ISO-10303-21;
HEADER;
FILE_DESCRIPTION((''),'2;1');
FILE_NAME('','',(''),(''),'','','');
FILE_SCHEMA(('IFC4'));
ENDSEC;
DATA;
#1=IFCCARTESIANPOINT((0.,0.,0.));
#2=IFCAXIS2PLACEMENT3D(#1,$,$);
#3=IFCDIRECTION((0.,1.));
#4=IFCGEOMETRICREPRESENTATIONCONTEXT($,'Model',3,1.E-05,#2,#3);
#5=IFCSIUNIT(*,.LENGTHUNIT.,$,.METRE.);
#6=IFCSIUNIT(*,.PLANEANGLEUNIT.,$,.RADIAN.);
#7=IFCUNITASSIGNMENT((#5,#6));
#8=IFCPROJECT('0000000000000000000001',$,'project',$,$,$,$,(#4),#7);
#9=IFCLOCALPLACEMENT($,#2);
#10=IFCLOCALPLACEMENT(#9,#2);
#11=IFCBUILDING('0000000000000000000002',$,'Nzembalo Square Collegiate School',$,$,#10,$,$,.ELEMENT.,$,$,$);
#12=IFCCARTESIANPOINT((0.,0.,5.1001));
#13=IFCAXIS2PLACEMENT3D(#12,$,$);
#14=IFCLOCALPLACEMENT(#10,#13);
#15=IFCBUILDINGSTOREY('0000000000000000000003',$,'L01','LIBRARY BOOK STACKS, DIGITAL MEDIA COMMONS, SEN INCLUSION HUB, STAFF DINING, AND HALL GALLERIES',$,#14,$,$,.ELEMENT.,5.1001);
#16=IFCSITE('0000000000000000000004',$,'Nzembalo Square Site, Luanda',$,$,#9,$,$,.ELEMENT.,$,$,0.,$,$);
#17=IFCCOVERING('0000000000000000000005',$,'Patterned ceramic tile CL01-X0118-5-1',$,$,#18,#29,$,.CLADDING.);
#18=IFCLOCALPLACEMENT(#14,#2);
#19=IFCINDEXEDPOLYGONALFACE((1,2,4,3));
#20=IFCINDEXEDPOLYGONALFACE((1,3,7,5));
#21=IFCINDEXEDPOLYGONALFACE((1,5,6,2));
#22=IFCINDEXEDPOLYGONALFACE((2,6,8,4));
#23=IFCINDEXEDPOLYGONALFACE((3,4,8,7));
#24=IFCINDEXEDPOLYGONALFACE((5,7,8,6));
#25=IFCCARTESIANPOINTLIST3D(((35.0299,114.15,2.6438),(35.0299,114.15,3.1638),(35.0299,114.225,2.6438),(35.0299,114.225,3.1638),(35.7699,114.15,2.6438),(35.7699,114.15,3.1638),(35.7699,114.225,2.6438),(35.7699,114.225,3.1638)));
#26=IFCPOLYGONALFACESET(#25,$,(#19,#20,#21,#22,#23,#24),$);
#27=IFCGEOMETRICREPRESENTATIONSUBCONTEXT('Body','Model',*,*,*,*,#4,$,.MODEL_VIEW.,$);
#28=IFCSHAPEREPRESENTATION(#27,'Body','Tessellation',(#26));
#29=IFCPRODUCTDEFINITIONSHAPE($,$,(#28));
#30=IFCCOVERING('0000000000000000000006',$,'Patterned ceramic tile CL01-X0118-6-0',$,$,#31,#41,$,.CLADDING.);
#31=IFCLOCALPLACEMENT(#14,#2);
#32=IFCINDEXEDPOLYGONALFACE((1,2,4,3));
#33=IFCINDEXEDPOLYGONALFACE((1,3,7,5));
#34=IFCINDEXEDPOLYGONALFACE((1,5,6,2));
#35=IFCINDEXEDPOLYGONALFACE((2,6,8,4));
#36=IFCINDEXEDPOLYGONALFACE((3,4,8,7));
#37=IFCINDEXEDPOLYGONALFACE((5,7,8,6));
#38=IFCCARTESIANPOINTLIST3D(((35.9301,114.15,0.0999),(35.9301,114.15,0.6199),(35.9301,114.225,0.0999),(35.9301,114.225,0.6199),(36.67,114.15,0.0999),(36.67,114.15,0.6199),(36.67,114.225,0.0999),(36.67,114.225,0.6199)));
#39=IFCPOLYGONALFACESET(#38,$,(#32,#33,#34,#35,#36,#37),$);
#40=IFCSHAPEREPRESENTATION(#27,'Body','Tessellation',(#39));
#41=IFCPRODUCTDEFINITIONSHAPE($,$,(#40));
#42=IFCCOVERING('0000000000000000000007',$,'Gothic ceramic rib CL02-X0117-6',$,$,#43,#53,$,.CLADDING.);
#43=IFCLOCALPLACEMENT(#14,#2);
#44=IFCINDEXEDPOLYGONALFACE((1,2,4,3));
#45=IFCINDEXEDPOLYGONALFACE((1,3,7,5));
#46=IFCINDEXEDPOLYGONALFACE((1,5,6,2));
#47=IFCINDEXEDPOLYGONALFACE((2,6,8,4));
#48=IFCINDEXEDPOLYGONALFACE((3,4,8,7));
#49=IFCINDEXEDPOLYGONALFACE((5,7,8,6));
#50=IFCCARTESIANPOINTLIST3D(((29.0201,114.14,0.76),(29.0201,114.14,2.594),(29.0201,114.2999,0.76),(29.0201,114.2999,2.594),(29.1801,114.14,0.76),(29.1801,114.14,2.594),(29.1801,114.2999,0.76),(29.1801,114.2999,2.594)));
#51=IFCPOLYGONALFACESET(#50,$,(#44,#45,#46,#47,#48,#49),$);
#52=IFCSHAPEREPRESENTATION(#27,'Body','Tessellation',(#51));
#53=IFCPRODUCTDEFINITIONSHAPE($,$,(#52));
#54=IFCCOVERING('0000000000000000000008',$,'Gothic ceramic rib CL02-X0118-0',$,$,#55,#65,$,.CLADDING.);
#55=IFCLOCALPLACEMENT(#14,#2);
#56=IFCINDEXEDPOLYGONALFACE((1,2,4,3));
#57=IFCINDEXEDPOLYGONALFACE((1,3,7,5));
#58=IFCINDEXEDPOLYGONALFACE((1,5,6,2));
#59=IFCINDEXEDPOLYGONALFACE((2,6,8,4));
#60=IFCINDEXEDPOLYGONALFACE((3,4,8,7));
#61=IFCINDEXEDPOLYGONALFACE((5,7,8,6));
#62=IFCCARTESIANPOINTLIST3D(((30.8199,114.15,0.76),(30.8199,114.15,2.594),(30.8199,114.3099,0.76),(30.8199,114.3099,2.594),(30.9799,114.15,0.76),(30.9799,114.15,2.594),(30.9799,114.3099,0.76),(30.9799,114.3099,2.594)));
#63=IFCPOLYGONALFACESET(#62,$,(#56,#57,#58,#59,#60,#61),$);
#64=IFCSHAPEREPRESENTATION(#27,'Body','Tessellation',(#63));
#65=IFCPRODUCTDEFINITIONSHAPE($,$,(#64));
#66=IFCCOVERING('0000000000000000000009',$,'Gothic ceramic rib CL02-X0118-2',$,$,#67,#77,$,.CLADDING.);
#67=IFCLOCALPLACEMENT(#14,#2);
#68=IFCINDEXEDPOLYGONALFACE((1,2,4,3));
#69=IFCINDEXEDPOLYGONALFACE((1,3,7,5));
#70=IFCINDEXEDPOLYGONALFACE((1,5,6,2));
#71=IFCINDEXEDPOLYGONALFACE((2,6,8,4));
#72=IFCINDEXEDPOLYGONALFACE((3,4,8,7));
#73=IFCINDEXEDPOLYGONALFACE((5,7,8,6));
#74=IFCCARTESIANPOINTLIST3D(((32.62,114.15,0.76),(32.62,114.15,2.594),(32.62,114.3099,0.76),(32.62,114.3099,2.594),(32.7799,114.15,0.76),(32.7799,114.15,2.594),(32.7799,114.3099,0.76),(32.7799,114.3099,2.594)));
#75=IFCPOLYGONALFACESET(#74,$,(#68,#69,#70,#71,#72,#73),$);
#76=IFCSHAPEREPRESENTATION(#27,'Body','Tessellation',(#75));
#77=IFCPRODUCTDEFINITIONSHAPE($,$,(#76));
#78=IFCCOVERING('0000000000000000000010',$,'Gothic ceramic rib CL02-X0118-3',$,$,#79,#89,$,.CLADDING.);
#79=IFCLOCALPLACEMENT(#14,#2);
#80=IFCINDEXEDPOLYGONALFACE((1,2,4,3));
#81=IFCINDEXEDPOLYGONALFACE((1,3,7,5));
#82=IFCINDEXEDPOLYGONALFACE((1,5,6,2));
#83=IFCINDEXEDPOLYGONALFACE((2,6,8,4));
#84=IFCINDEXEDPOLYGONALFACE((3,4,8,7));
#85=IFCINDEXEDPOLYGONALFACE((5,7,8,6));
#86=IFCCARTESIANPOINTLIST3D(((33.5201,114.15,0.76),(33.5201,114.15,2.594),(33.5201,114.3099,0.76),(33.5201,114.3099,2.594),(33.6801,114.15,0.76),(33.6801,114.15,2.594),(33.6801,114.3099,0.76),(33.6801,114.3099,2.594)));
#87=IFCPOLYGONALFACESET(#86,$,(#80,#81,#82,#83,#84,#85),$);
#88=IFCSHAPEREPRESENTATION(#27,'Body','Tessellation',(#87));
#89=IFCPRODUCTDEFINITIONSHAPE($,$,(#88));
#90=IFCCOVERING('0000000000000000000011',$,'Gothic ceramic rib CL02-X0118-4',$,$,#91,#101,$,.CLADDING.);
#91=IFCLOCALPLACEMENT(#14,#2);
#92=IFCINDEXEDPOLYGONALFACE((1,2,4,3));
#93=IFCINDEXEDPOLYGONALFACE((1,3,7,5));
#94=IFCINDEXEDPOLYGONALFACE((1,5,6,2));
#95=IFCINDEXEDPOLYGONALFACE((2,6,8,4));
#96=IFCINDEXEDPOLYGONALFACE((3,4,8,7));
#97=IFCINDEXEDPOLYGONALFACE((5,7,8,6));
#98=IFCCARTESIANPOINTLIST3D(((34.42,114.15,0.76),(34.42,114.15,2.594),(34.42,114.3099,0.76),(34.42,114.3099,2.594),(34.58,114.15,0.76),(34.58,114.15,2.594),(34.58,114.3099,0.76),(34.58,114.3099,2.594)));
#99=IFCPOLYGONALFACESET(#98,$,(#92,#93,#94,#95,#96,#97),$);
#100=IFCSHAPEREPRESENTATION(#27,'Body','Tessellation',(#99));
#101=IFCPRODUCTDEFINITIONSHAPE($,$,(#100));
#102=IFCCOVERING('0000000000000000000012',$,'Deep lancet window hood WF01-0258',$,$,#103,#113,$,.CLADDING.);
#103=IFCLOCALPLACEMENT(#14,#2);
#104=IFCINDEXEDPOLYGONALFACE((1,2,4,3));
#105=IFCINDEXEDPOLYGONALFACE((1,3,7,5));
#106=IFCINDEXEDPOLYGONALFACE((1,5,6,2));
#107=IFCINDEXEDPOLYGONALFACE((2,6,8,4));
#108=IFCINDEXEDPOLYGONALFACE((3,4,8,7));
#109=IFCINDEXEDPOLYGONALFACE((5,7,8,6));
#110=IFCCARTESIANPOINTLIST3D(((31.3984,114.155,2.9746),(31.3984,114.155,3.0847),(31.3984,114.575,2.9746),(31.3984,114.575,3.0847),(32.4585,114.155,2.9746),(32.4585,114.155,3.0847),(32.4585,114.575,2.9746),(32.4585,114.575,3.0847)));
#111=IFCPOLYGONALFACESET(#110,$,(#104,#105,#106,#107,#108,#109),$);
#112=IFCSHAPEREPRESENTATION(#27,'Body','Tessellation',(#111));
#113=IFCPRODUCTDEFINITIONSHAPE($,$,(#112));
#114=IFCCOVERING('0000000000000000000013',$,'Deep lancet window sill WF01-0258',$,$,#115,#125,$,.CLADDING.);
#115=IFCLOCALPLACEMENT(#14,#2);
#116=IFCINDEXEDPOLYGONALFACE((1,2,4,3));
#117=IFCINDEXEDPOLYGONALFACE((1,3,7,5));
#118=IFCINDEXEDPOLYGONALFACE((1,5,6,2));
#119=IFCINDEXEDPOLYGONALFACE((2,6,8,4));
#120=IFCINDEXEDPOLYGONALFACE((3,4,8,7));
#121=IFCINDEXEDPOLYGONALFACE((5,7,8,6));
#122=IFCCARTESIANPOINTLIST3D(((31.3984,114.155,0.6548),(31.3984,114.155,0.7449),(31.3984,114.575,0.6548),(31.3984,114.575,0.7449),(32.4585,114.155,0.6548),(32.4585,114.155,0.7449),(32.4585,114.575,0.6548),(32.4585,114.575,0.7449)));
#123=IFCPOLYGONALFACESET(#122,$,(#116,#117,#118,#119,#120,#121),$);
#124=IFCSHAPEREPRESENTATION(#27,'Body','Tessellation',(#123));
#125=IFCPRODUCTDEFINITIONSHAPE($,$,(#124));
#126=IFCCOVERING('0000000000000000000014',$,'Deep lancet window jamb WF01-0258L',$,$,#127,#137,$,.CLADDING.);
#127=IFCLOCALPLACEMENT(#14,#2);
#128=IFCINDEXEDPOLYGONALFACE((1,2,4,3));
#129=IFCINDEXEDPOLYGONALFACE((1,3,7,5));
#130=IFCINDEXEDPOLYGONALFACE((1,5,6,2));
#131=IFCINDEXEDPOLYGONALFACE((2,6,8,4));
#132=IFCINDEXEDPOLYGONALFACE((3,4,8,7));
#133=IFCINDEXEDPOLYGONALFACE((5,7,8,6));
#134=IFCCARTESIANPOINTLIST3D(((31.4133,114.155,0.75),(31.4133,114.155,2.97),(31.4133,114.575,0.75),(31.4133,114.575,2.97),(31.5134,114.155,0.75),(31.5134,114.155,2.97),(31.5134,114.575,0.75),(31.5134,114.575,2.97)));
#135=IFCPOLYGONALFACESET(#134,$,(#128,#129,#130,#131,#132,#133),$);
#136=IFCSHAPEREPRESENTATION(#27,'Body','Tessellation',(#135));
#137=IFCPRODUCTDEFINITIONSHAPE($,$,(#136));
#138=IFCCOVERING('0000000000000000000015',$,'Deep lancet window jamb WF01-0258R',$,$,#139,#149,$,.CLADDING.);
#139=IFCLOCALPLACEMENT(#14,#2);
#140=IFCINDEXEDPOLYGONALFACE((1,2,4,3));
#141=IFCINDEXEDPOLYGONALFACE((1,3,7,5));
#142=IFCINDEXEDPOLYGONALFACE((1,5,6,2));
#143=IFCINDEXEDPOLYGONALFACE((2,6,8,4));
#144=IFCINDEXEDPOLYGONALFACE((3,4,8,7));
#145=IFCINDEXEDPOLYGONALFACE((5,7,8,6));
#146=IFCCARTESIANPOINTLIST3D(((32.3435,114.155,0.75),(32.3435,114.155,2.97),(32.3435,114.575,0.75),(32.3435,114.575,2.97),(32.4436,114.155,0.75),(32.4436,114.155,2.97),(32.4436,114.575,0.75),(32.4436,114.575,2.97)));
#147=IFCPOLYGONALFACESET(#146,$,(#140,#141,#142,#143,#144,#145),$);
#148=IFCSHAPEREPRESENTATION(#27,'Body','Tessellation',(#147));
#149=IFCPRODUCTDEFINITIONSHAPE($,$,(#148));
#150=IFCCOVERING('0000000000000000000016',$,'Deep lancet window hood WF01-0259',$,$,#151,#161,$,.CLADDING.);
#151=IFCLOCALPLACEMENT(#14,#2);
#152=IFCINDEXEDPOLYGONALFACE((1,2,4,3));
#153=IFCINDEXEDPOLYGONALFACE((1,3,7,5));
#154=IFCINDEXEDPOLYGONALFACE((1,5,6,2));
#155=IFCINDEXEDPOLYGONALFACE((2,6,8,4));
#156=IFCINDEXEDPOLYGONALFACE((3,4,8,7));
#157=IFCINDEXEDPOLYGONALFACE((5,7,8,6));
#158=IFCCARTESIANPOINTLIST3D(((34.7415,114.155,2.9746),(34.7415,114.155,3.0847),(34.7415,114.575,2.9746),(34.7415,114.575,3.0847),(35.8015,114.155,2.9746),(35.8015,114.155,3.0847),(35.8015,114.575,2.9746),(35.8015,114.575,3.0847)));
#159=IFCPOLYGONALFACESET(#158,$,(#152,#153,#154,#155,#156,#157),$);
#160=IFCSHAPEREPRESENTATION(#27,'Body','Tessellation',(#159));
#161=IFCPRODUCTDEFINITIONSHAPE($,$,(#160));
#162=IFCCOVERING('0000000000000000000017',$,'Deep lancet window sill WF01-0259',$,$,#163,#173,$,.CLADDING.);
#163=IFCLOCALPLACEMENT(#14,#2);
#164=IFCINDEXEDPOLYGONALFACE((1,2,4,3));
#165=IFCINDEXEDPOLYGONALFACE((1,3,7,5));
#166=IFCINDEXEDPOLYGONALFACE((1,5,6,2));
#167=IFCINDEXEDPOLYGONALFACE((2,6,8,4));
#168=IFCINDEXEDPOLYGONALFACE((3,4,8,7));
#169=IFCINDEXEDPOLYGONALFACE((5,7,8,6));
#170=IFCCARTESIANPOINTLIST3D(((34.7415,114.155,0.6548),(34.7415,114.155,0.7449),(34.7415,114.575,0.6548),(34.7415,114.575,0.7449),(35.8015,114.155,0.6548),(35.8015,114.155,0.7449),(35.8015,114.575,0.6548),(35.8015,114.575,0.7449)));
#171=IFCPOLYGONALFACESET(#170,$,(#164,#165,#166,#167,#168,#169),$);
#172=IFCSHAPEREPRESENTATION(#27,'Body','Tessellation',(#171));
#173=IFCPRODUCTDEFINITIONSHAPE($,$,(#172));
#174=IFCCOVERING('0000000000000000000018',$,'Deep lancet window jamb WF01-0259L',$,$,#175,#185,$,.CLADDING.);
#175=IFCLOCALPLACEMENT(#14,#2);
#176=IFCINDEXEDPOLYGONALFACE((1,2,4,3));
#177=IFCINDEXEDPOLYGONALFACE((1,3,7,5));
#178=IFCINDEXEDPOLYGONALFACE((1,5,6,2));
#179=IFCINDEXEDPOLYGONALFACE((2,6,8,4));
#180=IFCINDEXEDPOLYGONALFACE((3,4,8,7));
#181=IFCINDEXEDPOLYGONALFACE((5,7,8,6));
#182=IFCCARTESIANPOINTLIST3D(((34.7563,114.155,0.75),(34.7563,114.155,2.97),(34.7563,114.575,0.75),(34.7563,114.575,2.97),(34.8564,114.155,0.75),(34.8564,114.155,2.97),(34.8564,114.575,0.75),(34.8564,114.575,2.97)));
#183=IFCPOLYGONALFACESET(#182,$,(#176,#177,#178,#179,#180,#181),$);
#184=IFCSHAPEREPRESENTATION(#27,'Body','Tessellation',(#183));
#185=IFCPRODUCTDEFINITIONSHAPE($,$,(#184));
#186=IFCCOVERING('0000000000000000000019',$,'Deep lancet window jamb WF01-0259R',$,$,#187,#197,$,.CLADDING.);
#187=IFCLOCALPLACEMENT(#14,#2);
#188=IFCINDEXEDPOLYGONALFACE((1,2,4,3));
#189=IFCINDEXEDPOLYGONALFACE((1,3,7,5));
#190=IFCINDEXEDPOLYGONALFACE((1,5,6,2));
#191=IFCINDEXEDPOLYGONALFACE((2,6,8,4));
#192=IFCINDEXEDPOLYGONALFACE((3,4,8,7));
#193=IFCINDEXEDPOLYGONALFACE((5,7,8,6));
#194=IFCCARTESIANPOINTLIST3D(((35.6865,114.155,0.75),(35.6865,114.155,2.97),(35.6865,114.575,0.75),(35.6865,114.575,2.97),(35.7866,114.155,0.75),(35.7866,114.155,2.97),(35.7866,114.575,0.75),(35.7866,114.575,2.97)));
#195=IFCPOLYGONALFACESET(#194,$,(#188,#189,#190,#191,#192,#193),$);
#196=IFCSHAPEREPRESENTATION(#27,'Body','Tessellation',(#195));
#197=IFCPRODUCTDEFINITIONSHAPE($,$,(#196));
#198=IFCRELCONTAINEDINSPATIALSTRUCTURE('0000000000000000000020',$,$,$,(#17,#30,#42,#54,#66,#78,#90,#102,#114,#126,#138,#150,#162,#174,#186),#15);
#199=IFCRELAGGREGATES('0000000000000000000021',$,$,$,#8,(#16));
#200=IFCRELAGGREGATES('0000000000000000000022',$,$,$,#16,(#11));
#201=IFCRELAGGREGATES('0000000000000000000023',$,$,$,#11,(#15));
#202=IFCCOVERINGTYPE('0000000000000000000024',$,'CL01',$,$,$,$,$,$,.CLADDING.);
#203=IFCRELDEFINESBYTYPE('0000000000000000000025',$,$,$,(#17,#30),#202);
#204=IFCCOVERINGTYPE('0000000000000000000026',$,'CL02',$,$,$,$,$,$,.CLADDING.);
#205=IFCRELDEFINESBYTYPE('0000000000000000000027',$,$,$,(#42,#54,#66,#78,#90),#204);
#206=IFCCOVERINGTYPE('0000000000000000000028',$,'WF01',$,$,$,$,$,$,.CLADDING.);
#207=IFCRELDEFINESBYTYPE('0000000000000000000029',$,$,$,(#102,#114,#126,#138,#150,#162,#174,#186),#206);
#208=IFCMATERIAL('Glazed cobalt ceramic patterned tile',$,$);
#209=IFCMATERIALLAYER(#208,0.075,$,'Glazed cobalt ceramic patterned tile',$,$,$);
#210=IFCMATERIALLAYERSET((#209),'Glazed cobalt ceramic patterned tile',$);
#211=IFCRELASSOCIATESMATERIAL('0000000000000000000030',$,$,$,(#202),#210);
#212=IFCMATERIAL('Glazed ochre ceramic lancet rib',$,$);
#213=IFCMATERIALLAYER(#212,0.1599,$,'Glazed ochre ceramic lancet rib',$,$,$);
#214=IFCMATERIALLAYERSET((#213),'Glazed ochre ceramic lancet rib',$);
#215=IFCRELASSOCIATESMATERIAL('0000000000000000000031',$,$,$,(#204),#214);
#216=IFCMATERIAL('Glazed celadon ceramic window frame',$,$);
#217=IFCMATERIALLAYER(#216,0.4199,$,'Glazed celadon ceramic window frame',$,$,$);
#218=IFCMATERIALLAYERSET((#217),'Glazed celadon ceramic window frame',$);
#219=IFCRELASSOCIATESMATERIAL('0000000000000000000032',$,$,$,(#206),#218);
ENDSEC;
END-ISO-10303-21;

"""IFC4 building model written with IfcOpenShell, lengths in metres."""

from ifc_helpers import new_model, si_unit, direction, frame, origin, origin_2d, place, context, subcontext, project, spatial, rectangle, extrude, material, layer, layer_set, type_object, element, save


model = new_model("IFC4")

# Units and contexts
model_context = context("Model", 3, precision=1e-05, world=origin(), true_north=direction((0.0, 1.0)))
body_context = subcontext(model_context, "Body", "Model", "MODEL_VIEW")
ifc_project = project(units=[si_unit("LENGTHUNIT", "METRE"), si_unit("PLANEANGLEUNIT", "RADIAN")], contexts=[model_context])

# Site, building, storey
site_placement = place(None, origin())
site = spatial("IfcSite", under=ifc_project, at=site_placement, Name="Nzembalo Square Site, Luanda", CompositionType="ELEMENT", RefElevation=0.0)
building_placement = place(site_placement, origin())
building = spatial("IfcBuilding", under=site, at=building_placement, Name="Nzembalo Square Collegiate School", CompositionType="ELEMENT")
storey_placement = place(building_placement, frame((0.0, 0.0, 5.1001)))
storey = spatial("IfcBuildingStorey", under=building, at=storey_placement, Name="L01", Description="LIBRARY BOOK STACKS, DIGITAL MEDIA COMMONS, SEN INCLUSION HUB, STAFF DINING, AND HALL GALLERIES", CompositionType="ELEMENT", Elevation=5.1001)

# Coverings
ifc_material_1 = material(Name="Glazed cobalt ceramic patterned tile")
ifc_layer_1 = layer(ifc_material_1, 0.075, Name="Glazed cobalt ceramic patterned tile")
ifc_layer_set_1 = layer_set([ifc_layer_1], Name="Glazed cobalt ceramic patterned tile")
covering_type_1 = type_object("IfcCoveringType", Name="CL01", PredefinedType="CLADDING", material=ifc_layer_set_1)
for number, where, z_axis, x_axis, name in (
    (1, (35.3999, 114.1875, 2.6438), (0.0, 0.0, 1.0), (1.0, 0.0, 0.0), "Patterned ceramic tile CL01-X0118-5-1"),
    (2, (36.3, 114.1875, 0.0999), (0.0, 0.0, 1.0), (1.0, 0.0, 0.0), "Patterned ceramic tile CL01-X0118-6-0"),
):
    element("IfcCovering", number, at=place(storey_placement, frame(where, z_axis=z_axis, x_axis=x_axis)), inside=storey, type_object=covering_type_1, Name=name, PredefinedType="CLADDING", context=body_context, shape_type="SweptSolid", body=[
        extrude(rectangle(XDim=0.74, YDim=0.075, at=origin_2d()), origin(), (0.0, 0.0, 1.0), 0.52),
    ])
ifc_material_2 = material(Name="Glazed ochre ceramic lancet rib")
ifc_layer_2 = layer(ifc_material_2, 0.1599, Name="Glazed ochre ceramic lancet rib")
ifc_layer_set_2 = layer_set([ifc_layer_2], Name="Glazed ochre ceramic lancet rib")
covering_type_2 = type_object("IfcCoveringType", Name="CL02", PredefinedType="CLADDING", material=ifc_layer_set_2)
for number, where, z_axis, x_axis, name in (
    (3, (29.1001, 114.22, 0.76), (0.0, 0.0, 1.0), (1.0, 0.0, 0.0), "Gothic ceramic rib CL02-X0117-6"),
    (4, (30.8999, 114.23, 0.76), (0.0, 0.0, 1.0), (1.0, 0.0, 0.0), "Gothic ceramic rib CL02-X0118-0"),
    (5, (32.7, 114.23, 0.76), (0.0, 0.0, 1.0), (1.0, 0.0, 0.0), "Gothic ceramic rib CL02-X0118-2"),
    (6, (33.6001, 114.23, 0.76), (0.0, 0.0, 1.0), (1.0, 0.0, 0.0), "Gothic ceramic rib CL02-X0118-3"),
    (7, (34.5, 114.23, 0.76), (0.0, 0.0, 1.0), (1.0, 0.0, 0.0), "Gothic ceramic rib CL02-X0118-4"),
):
    element("IfcCovering", number, at=place(storey_placement, frame(where, z_axis=z_axis, x_axis=x_axis)), inside=storey, type_object=covering_type_2, Name=name, PredefinedType="CLADDING", context=body_context, shape_type="SweptSolid", body=[
        extrude(rectangle(XDim=0.1599, YDim=0.1599, at=origin_2d()), origin(), (0.0, 0.0, 1.0), 1.834),
    ])
ifc_material_3 = material(Name="Glazed celadon ceramic window frame")
ifc_layer_3 = layer(ifc_material_3, 0.4199, Name="Glazed celadon ceramic window frame")
ifc_layer_set_3 = layer_set([ifc_layer_3], Name="Glazed celadon ceramic window frame")
covering_type_3 = type_object("IfcCoveringType", Name="WF01", PredefinedType="CLADDING", material=ifc_layer_set_3)
covering_1_placement = place(storey_placement, frame((31.9285, 114.365, 2.9746), z_axis=(0.0, 0.0, 1.0), x_axis=(1.0, 0.0, 0.0)))
element("IfcCovering", 8, at=covering_1_placement, inside=storey, type_object=covering_type_3, Name="Deep lancet window hood WF01-0258", PredefinedType="CLADDING", context=body_context, shape_type="SweptSolid", body=[
    extrude(rectangle(XDim=1.0601, YDim=0.4199, at=origin_2d()), origin(), (0.0, 0.0, 1.0), 0.1101),
])
covering_2_placement = place(storey_placement, frame((31.9285, 114.365, 0.6548), z_axis=(0.0, 0.0, 1.0), x_axis=(1.0, 0.0, 0.0)))
element("IfcCovering", 9, at=covering_2_placement, inside=storey, type_object=covering_type_3, Name="Deep lancet window sill WF01-0258", PredefinedType="CLADDING", context=body_context, shape_type="SweptSolid", body=[
    extrude(rectangle(XDim=1.0601, YDim=0.4199, at=origin_2d()), origin(), (0.0, 0.0, 1.0), 0.0901),
])
for number, where, z_axis, x_axis, name in (
    (10, (31.4634, 114.365, 0.75), (0.0, 0.0, 1.0), (1.0, 0.0, 0.0), "Deep lancet window jamb WF01-0258L"),
    (11, (32.3936, 114.365, 0.75), (0.0, 0.0, 1.0), (1.0, 0.0, 0.0), "Deep lancet window jamb WF01-0258R"),
):
    element("IfcCovering", number, at=place(storey_placement, frame(where, z_axis=z_axis, x_axis=x_axis)), inside=storey, type_object=covering_type_3, Name=name, PredefinedType="CLADDING", context=body_context, shape_type="SweptSolid", body=[
        extrude(rectangle(XDim=0.1001, YDim=0.4199, at=origin_2d()), origin(), (0.0, 0.0, 1.0), 2.22),
    ])
covering_3_placement = place(storey_placement, frame((35.2715, 114.365, 2.9746), z_axis=(0.0, 0.0, 1.0), x_axis=(1.0, 0.0, 0.0)))
element("IfcCovering", 12, at=covering_3_placement, inside=storey, type_object=covering_type_3, Name="Deep lancet window hood WF01-0259", PredefinedType="CLADDING", context=body_context, shape_type="SweptSolid", body=[
    extrude(rectangle(XDim=1.0601, YDim=0.4199, at=origin_2d()), origin(), (0.0, 0.0, 1.0), 0.1101),
])
covering_4_placement = place(storey_placement, frame((35.2715, 114.365, 0.6548), z_axis=(0.0, 0.0, 1.0), x_axis=(1.0, 0.0, 0.0)))
element("IfcCovering", 13, at=covering_4_placement, inside=storey, type_object=covering_type_3, Name="Deep lancet window sill WF01-0259", PredefinedType="CLADDING", context=body_context, shape_type="SweptSolid", body=[
    extrude(rectangle(XDim=1.0601, YDim=0.4199, at=origin_2d()), origin(), (0.0, 0.0, 1.0), 0.0901),
])
for number, where, z_axis, x_axis, name in (
    (14, (34.8064, 114.365, 0.75), (0.0, 0.0, 1.0), (1.0, 0.0, 0.0), "Deep lancet window jamb WF01-0259L"),
    (15, (35.7366, 114.365, 0.75), (0.0, 0.0, 1.0), (1.0, 0.0, 0.0), "Deep lancet window jamb WF01-0259R"),
):
    element("IfcCovering", number, at=place(storey_placement, frame(where, z_axis=z_axis, x_axis=x_axis)), inside=storey, type_object=covering_type_3, Name=name, PredefinedType="CLADDING", context=body_context, shape_type="SweptSolid", body=[
        extrude(rectangle(XDim=0.1001, YDim=0.4199, at=origin_2d()), origin(), (0.0, 0.0, 1.0), 2.22),
    ])

save(model, "model.ifc")
